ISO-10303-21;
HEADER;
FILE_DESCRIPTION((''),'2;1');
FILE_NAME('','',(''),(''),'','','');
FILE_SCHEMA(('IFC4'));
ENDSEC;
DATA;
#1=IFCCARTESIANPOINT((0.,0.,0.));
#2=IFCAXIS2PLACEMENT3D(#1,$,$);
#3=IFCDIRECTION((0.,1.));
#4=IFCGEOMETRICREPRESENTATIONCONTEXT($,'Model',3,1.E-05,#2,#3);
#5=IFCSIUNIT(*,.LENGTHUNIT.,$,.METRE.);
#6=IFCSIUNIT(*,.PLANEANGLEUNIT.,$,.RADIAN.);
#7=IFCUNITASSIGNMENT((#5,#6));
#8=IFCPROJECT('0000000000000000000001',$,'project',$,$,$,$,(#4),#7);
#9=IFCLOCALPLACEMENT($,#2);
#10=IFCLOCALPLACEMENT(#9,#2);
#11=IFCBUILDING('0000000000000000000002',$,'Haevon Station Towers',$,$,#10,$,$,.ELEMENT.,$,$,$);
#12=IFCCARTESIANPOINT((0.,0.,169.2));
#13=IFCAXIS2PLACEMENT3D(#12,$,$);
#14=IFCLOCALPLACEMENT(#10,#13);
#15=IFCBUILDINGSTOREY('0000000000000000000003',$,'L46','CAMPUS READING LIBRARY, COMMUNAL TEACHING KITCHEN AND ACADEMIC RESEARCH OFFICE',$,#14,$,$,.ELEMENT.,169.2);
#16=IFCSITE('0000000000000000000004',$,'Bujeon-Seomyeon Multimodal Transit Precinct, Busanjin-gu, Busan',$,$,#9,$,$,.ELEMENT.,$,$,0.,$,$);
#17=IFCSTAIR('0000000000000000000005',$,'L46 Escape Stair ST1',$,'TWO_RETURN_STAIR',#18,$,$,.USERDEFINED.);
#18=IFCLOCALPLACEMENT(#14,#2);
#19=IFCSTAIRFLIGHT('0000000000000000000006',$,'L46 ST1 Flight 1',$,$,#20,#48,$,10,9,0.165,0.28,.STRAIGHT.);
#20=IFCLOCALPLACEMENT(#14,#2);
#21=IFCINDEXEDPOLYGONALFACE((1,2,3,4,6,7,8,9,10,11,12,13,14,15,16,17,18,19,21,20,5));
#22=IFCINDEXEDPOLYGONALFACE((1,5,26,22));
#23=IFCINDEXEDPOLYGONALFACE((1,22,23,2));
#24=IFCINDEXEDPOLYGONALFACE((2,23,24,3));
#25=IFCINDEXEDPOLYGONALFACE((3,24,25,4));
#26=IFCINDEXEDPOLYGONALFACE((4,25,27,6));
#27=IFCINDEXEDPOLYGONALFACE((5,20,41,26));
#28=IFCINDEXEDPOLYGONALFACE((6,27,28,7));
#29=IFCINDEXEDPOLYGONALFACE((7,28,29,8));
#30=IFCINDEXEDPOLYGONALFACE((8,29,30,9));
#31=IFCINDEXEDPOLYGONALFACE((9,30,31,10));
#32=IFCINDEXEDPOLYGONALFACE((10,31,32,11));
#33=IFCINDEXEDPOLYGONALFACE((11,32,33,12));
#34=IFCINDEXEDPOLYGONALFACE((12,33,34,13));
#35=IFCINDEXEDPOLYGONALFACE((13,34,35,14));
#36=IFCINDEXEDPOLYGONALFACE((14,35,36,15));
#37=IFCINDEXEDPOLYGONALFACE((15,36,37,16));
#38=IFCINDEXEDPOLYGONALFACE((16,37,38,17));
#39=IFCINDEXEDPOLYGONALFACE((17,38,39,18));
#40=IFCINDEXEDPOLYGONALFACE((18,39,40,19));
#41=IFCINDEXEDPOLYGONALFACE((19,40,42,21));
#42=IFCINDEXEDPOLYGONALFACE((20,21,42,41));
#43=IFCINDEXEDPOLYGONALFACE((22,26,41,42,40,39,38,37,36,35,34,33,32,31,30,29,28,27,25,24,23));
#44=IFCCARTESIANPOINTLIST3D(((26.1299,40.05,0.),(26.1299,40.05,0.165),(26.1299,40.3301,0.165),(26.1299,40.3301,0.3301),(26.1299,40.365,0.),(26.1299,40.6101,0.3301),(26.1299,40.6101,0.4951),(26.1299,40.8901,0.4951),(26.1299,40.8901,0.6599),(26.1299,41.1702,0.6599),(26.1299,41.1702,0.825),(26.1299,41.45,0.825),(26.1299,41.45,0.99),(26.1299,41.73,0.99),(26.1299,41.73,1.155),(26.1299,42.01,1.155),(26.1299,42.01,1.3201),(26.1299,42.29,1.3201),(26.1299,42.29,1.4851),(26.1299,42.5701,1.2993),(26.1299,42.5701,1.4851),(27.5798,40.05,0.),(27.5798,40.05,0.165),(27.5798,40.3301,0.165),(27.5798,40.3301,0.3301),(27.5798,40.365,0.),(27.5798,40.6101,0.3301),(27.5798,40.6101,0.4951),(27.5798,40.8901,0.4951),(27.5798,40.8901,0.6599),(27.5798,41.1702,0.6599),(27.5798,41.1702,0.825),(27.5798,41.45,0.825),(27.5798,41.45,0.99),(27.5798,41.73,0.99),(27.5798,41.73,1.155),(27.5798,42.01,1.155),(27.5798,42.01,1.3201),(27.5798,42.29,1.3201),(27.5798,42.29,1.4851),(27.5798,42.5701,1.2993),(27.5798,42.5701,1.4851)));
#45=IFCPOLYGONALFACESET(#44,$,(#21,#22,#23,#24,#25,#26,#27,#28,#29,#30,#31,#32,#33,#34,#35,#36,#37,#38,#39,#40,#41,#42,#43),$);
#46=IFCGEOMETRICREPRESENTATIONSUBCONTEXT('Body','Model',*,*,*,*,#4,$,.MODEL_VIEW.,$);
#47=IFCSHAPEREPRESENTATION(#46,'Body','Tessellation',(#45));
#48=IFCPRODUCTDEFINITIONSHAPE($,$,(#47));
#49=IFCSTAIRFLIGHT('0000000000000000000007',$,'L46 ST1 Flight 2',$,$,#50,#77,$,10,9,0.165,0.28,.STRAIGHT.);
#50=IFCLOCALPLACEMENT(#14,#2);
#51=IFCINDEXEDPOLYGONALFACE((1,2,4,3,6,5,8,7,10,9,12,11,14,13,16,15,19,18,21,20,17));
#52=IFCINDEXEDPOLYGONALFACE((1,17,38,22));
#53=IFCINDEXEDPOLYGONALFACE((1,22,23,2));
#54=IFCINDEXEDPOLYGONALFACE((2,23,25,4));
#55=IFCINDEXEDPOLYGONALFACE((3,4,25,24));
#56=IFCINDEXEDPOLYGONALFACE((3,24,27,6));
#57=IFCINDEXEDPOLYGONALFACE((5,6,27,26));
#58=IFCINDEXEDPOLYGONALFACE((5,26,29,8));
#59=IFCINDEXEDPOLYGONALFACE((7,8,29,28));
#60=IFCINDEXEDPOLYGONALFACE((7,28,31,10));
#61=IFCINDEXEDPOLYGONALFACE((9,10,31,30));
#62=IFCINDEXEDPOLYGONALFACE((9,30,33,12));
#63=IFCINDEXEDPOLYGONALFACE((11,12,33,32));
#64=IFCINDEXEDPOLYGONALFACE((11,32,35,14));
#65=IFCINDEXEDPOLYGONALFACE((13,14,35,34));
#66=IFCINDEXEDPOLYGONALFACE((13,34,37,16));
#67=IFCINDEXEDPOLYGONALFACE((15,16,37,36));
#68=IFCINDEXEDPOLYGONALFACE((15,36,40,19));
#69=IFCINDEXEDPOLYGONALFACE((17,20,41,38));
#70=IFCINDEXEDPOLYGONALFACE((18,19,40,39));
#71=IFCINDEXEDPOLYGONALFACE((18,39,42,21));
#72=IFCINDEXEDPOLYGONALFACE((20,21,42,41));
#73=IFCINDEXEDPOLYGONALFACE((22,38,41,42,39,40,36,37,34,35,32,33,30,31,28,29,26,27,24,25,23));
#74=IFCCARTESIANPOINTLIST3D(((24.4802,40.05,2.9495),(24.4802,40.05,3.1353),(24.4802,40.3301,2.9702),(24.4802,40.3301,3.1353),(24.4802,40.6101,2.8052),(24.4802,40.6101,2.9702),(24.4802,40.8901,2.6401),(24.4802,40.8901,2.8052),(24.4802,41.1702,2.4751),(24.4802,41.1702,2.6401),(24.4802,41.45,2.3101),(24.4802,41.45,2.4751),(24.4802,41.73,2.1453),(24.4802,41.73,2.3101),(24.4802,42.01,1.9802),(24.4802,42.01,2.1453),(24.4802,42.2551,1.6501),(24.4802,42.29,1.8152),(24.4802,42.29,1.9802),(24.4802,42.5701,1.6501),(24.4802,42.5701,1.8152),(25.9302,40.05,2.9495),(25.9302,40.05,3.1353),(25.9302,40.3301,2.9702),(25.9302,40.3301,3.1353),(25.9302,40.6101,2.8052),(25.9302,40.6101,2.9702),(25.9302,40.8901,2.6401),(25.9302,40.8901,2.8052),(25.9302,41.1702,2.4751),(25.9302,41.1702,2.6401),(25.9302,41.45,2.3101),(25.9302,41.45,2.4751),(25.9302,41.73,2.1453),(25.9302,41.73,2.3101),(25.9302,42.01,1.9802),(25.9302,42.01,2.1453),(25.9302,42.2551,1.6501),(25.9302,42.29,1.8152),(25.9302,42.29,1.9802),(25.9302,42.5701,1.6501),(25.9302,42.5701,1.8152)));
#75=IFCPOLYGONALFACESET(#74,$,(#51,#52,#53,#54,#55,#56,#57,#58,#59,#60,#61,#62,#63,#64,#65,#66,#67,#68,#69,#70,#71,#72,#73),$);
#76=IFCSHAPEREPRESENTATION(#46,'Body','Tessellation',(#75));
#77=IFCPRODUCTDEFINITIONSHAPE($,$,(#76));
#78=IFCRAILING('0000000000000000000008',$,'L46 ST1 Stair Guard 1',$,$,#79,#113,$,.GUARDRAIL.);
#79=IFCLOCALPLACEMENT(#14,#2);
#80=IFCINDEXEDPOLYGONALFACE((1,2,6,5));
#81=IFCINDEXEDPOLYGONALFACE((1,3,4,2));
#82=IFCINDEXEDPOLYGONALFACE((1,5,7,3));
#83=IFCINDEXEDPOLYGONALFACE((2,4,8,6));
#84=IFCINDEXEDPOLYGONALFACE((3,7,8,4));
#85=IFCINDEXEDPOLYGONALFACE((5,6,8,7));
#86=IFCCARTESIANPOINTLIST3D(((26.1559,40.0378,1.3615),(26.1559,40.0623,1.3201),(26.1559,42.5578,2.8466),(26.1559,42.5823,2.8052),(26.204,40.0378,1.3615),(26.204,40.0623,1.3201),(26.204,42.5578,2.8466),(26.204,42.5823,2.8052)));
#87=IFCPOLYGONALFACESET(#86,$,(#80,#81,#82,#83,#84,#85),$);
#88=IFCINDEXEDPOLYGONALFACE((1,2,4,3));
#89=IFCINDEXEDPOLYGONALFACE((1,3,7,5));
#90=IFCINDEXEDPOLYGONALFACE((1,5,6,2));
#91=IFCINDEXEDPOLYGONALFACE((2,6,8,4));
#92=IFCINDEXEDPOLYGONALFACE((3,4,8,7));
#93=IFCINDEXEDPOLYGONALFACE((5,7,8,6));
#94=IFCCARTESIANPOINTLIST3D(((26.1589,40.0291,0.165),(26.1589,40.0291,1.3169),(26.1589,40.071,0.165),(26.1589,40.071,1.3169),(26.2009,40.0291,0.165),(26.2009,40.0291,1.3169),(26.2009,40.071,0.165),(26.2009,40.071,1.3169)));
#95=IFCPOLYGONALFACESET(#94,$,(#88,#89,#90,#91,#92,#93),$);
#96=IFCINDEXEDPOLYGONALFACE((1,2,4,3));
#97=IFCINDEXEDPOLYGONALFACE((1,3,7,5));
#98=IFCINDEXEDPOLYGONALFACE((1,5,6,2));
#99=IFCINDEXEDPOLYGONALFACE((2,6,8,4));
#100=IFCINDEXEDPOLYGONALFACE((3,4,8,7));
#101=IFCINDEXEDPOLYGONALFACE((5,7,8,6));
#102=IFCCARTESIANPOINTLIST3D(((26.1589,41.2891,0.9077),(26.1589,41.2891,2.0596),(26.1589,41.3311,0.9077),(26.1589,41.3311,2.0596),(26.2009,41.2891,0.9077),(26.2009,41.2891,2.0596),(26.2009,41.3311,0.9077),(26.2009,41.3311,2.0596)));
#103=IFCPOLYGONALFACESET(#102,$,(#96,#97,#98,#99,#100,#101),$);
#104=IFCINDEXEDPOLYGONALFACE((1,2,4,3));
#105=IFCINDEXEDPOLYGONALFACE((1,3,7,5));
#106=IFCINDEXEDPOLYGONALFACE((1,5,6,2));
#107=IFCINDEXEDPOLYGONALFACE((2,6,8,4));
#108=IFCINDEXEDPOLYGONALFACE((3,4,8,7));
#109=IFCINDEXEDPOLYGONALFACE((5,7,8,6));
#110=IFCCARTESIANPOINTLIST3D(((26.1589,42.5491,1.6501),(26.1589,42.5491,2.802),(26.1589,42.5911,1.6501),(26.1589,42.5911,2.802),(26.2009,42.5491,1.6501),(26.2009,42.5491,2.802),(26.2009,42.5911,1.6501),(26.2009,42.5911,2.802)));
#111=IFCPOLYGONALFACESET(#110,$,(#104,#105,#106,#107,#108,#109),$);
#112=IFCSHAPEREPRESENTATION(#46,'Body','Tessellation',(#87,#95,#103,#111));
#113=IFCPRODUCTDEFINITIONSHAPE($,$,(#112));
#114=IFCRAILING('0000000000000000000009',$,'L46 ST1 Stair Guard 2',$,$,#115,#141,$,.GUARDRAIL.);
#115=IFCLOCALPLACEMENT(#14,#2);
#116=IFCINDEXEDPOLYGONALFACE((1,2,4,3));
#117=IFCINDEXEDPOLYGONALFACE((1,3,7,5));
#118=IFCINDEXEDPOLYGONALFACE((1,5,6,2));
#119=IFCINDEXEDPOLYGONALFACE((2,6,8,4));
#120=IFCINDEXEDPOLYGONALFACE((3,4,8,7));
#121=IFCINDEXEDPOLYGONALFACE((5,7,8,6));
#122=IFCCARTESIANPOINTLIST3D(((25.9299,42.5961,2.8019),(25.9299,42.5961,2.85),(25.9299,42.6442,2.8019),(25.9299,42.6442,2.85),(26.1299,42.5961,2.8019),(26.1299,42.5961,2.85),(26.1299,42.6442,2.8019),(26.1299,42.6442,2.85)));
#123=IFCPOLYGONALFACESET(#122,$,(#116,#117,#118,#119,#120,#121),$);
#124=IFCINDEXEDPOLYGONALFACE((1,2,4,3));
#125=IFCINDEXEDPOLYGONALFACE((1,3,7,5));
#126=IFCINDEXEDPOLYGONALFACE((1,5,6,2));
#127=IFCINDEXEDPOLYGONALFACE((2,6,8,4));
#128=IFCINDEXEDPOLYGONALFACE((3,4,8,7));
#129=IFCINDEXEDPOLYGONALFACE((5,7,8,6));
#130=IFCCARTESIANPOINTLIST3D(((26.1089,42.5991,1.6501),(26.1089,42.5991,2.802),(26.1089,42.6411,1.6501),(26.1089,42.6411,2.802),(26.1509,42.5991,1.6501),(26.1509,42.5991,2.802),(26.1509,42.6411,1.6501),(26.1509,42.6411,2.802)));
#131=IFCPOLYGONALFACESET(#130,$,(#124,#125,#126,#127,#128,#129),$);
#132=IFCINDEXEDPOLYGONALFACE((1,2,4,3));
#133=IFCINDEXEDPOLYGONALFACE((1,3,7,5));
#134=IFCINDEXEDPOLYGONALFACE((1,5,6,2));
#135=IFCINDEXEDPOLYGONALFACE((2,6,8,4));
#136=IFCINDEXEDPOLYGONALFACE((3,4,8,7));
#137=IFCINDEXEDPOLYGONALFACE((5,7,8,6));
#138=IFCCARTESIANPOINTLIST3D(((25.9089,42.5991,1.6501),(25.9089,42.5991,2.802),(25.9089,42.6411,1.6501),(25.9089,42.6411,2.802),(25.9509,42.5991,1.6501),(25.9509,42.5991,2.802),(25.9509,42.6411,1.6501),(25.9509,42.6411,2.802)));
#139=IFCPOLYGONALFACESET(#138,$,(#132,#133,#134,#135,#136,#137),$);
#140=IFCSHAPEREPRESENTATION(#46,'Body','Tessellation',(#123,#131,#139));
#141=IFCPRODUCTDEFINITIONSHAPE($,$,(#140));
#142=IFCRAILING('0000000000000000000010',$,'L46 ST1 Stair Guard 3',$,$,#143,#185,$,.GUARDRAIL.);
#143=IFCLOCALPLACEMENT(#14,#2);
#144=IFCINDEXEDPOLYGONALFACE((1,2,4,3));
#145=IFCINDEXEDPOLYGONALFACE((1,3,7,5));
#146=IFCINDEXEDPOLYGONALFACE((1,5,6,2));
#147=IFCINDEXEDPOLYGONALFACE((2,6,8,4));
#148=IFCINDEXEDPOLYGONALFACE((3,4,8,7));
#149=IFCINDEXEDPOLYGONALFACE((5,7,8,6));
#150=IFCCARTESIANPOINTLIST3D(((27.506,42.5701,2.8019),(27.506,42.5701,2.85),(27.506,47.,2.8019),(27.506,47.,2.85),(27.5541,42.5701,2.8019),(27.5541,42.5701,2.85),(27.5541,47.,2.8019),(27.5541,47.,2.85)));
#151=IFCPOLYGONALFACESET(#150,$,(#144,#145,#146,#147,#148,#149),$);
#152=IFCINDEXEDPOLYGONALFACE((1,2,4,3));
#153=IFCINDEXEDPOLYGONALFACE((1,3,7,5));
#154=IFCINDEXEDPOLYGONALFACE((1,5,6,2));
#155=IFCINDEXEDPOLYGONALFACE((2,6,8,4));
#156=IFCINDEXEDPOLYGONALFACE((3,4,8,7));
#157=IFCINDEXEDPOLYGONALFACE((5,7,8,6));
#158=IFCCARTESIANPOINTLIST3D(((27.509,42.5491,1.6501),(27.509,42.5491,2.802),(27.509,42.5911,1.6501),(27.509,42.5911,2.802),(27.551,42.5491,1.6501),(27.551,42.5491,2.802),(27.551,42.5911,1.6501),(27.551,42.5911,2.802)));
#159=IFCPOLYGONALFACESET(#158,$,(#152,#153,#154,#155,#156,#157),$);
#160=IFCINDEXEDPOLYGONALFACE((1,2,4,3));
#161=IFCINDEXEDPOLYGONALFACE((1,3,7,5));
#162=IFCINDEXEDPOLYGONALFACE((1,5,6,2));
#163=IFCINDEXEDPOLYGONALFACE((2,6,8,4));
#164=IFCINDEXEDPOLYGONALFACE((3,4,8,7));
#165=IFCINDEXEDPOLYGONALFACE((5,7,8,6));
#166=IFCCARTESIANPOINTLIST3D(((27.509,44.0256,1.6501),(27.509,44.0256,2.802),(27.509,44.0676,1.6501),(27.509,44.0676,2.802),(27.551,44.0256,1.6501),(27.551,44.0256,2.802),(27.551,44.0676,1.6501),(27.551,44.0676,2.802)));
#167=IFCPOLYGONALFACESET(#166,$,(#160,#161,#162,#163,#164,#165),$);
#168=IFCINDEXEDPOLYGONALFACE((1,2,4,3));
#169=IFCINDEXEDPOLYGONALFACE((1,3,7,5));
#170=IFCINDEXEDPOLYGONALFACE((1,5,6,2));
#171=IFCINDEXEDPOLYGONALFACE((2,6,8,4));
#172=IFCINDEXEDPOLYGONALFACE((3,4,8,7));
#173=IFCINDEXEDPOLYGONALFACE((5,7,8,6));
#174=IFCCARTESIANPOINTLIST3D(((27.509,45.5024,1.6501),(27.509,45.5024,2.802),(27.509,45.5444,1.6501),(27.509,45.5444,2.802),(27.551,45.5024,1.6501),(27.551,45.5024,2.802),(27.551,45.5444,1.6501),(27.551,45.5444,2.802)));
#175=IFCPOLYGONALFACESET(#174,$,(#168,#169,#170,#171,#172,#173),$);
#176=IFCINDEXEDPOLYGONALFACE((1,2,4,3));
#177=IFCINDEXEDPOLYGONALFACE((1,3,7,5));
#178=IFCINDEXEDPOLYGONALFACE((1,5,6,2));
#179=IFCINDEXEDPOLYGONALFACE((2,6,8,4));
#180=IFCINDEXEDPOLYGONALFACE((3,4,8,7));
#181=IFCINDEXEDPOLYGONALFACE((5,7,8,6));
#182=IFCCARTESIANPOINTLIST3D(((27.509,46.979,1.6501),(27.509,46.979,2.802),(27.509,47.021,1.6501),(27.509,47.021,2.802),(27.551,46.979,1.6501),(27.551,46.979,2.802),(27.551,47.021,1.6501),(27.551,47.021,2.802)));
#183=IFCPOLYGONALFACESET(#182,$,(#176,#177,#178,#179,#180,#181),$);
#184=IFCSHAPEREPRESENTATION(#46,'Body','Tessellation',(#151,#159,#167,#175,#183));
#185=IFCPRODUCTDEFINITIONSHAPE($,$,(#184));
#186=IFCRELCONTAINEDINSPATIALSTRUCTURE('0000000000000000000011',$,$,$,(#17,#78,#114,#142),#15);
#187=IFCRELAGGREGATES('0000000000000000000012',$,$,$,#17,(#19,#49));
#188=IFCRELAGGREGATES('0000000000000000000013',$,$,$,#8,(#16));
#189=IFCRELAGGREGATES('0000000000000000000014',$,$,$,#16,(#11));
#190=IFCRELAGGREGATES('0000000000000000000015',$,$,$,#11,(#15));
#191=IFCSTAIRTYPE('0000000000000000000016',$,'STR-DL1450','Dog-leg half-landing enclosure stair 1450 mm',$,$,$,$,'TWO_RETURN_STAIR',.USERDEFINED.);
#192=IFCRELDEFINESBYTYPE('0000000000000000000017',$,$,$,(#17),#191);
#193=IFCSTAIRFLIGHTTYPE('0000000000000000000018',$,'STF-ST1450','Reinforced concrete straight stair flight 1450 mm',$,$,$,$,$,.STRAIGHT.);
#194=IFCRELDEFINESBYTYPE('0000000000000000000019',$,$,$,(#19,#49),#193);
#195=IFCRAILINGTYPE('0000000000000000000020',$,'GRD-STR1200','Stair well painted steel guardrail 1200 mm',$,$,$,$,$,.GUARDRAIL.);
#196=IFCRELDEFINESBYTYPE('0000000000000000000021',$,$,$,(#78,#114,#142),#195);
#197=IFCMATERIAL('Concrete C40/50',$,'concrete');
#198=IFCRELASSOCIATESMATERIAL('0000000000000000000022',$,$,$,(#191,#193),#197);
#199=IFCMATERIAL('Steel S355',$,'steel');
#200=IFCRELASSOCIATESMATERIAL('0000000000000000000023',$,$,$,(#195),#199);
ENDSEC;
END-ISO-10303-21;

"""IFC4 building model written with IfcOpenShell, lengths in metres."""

from ifc_helpers import new_model, si_unit, direction, frame, origin, origin_2d, place, context, subcontext, project, spatial, polyline, rectangle, outline, extrude, material, type_object, element, aggregate, save


model = new_model("IFC4")

# Units and contexts
model_context = context("Model", 3, precision=1e-05, world=origin(), true_north=direction((0.0, 1.0)))
body_context = subcontext(model_context, "Body", "Model", "MODEL_VIEW")
ifc_project = project(units=[si_unit("LENGTHUNIT", "METRE"), si_unit("PLANEANGLEUNIT", "RADIAN")], contexts=[model_context])

# Site, building, storey
site_placement = place(None, origin())
site = spatial("IfcSite", under=ifc_project, at=site_placement, Name="Bujeon-Seomyeon Multimodal Transit Precinct, Busanjin-gu, Busan", CompositionType="ELEMENT", RefElevation=0.0)
building_placement = place(site_placement, origin())
building = spatial("IfcBuilding", under=site, at=building_placement, Name="Haevon Station Towers", CompositionType="ELEMENT")
storey_placement = place(building_placement, frame((0.0, 0.0, 169.2)))
storey = spatial("IfcBuildingStorey", under=building, at=storey_placement, Name="L46", Description="CAMPUS READING LIBRARY, COMMUNAL TEACHING KITCHEN AND ACADEMIC RESEARCH OFFICE", CompositionType="ELEMENT", Elevation=169.2)

# Shared definitions
ifc_material_1 = material(Name="Steel S355", Category="steel")

# Shared definitions
ifc_material_2 = material(Name="Concrete C40/50", Category="concrete")

# Stair, stair flights
stair_type = type_object("IfcStairType", Name="STR-DL1450", Description="Dog-leg half-landing enclosure stair 1450 mm", ElementType="TWO_RETURN_STAIR", PredefinedType="USERDEFINED", material=ifc_material_2)
stair_placement = place(storey_placement, origin())
stair = element("IfcStair", 1, at=stair_placement, inside=storey, type_object=stair_type, Name="L46 Escape Stair ST1", ObjectType="TWO_RETURN_STAIR", PredefinedType="USERDEFINED")
stair_flight_type = type_object("IfcStairFlightType", Name="STF-ST1450", Description="Reinforced concrete straight stair flight 1450 mm", PredefinedType="STRAIGHT", material=ifc_material_2)
stair_flight_1_placement = place(storey_placement, frame((26.855, 40.05, 0.0), z_axis=(0.0, 0.0, 1.0), x_axis=(0.0, 1.0, 0.0)))
stair_flight_1 = element("IfcStairFlight", 2, at=stair_flight_1_placement, type_object=stair_flight_type, Name="L46 ST1 Flight 1", NumberOfRisers=10, NumberOfTreads=9, PredefinedType="STRAIGHT", RiserHeight=0.165, TreadLength=0.28, context=body_context, shape_type="SweptSolid", body=[
    extrude(outline(polyline([(0.0, 0.0), (0.0, 0.165), (0.28, 0.165), (0.28, 0.3301), (0.5601, 0.3301), (0.5601, 0.4951), (0.8401, 0.4951), (0.8401, 0.6599), (1.1201, 0.6599), (1.1201, 0.825), (1.3999, 0.825), (1.3999, 0.99), (1.6799, 0.99), (1.6799, 1.155), (1.96, 1.155), (1.96, 1.3201), (2.24, 1.3201), (2.24, 1.4851), (2.52, 1.4851), (2.52, 1.6499), (2.52, 1.2993), (0.3149, 0.0), (0.0, 0.0)])), frame((0.0, 0.7251, 0.0), z_axis=(0.0, -1.0, 0.0), x_axis=(1.0, 0.0, 0.0)), (0.0, 0.0, 1.0), 1.45),
])
stair_flight_2_placement = place(storey_placement, frame((25.2051, 42.5701, 1.6501), z_axis=(0.0, 0.0, 1.0), x_axis=(0.0, -1.0, 0.0)))
stair_flight_2 = element("IfcStairFlight", 3, at=stair_flight_2_placement, type_object=stair_flight_type, Name="L46 ST1 Flight 2", NumberOfRisers=10, NumberOfTreads=9, PredefinedType="STRAIGHT", RiserHeight=0.165, TreadLength=0.28, context=body_context, shape_type="SweptSolid", body=[
    extrude(outline(polyline([(0.0, 0.0), (0.0, 0.165), (0.28, 0.165), (0.28, 0.3301), (0.5601, 0.3301), (0.5601, 0.4951), (0.8401, 0.4951), (0.8401, 0.6599), (1.1201, 0.6599), (1.1201, 0.825), (1.3999, 0.825), (1.3999, 0.99), (1.6799, 0.99), (1.6799, 1.155), (1.96, 1.155), (1.96, 1.3201), (2.24, 1.3201), (2.24, 1.4851), (2.52, 1.4851), (2.52, 1.6499), (2.52, 1.2993), (0.3149, 0.0), (0.0, 0.0)])), frame((0.0, 0.7251, 0.0), z_axis=(0.0, -1.0, 0.0), x_axis=(1.0, 0.0, 0.0)), (0.0, 0.0, 1.0), 1.45),
])
aggregate(stair, [stair_flight_1, stair_flight_2])

# Railings
railing_type_1 = type_object("IfcRailingType", Name="GRD-STR1200", Description="Stair well painted steel guardrail 1200 mm", PredefinedType="GUARDRAIL", material=ifc_material_1)
railing_1_placement = place(storey_placement, frame((26.1799, 40.05, 0.165)))
element("IfcRailing", 4, at=railing_1_placement, inside=storey, type_object=railing_type_1, Name="L46 ST1 Stair Guard 1", PredefinedType="GUARDRAIL", context=body_context, shape_type="SweptSolid", body=[
    extrude(rectangle(XDim=0.0481, YDim=0.0481, at=origin_2d()), frame((0.0, 0.0, 1.1758), z_axis=(0.0, 0.861524, 0.507717), x_axis=(-1.0, 0.0, 0.0)), (0.0, 0.0, 1.0), 2.925),
    extrude(rectangle(XDim=0.042, YDim=0.042, at=origin_2d()), origin(), (0.0, 0.0, 1.0), 1.1519),
    extrude(rectangle(XDim=0.042, YDim=0.042, at=origin_2d()), frame((0.0, 1.26, 0.7427)), (0.0, 0.0, 1.0), 1.1519),
    extrude(rectangle(XDim=0.042, YDim=0.042, at=origin_2d()), frame((0.0, 2.52, 1.4851)), (0.0, 0.0, 1.0), 1.1519),
])
railing_2_placement = place(storey_placement, frame((26.1299, 42.6201, 1.6501)))
element("IfcRailing", 5, at=railing_2_placement, inside=storey, type_object=railing_type_1, Name="L46 ST1 Stair Guard 2", PredefinedType="GUARDRAIL", context=body_context, shape_type="SweptSolid", body=[
    extrude(rectangle(XDim=0.0481, YDim=0.0481, at=origin_2d()), frame((0.0, 0.0, 1.1758), z_axis=(-1.0, 0.0, 0.0), x_axis=(0.0, -1.0, 0.0)), (0.0, 0.0, 1.0), 0.2),
    extrude(rectangle(XDim=0.042, YDim=0.042, at=origin_2d()), origin(), (0.0, 0.0, 1.0), 1.1519),
    extrude(rectangle(XDim=0.042, YDim=0.042, at=origin_2d()), frame((-0.2, 0.0, 0.0)), (0.0, 0.0, 1.0), 1.1519),
])
railing_3_placement = place(storey_placement, frame((27.53, 42.5701, 1.6501)))
element("IfcRailing", 6, at=railing_3_placement, inside=storey, type_object=railing_type_1, Name="L46 ST1 Stair Guard 3", PredefinedType="GUARDRAIL", context=body_context, shape_type="SweptSolid", body=[
    extrude(rectangle(XDim=0.0481, YDim=0.0481, at=origin_2d()), frame((0.0, 0.0, 1.1758), z_axis=(0.0, 1.0, 0.0), x_axis=(-1.0, 0.0, 0.0)), (0.0, 0.0, 1.0), 4.4299),
    extrude(rectangle(XDim=0.042, YDim=0.042, at=origin_2d()), origin(), (0.0, 0.0, 1.0), 1.1519),
    extrude(rectangle(XDim=0.042, YDim=0.042, at=origin_2d()), frame((0.0, 1.4766, 0.0)), (0.0, 0.0, 1.0), 1.1519),
    extrude(rectangle(XDim=0.042, YDim=0.042, at=origin_2d()), frame((0.0, 2.9534, 0.0)), (0.0, 0.0, 1.0), 1.1519),
    extrude(rectangle(XDim=0.042, YDim=0.042, at=origin_2d()), frame((0.0, 4.4299, 0.0)), (0.0, 0.0, 1.0), 1.1519),
])

save(model, "model.ifc")
